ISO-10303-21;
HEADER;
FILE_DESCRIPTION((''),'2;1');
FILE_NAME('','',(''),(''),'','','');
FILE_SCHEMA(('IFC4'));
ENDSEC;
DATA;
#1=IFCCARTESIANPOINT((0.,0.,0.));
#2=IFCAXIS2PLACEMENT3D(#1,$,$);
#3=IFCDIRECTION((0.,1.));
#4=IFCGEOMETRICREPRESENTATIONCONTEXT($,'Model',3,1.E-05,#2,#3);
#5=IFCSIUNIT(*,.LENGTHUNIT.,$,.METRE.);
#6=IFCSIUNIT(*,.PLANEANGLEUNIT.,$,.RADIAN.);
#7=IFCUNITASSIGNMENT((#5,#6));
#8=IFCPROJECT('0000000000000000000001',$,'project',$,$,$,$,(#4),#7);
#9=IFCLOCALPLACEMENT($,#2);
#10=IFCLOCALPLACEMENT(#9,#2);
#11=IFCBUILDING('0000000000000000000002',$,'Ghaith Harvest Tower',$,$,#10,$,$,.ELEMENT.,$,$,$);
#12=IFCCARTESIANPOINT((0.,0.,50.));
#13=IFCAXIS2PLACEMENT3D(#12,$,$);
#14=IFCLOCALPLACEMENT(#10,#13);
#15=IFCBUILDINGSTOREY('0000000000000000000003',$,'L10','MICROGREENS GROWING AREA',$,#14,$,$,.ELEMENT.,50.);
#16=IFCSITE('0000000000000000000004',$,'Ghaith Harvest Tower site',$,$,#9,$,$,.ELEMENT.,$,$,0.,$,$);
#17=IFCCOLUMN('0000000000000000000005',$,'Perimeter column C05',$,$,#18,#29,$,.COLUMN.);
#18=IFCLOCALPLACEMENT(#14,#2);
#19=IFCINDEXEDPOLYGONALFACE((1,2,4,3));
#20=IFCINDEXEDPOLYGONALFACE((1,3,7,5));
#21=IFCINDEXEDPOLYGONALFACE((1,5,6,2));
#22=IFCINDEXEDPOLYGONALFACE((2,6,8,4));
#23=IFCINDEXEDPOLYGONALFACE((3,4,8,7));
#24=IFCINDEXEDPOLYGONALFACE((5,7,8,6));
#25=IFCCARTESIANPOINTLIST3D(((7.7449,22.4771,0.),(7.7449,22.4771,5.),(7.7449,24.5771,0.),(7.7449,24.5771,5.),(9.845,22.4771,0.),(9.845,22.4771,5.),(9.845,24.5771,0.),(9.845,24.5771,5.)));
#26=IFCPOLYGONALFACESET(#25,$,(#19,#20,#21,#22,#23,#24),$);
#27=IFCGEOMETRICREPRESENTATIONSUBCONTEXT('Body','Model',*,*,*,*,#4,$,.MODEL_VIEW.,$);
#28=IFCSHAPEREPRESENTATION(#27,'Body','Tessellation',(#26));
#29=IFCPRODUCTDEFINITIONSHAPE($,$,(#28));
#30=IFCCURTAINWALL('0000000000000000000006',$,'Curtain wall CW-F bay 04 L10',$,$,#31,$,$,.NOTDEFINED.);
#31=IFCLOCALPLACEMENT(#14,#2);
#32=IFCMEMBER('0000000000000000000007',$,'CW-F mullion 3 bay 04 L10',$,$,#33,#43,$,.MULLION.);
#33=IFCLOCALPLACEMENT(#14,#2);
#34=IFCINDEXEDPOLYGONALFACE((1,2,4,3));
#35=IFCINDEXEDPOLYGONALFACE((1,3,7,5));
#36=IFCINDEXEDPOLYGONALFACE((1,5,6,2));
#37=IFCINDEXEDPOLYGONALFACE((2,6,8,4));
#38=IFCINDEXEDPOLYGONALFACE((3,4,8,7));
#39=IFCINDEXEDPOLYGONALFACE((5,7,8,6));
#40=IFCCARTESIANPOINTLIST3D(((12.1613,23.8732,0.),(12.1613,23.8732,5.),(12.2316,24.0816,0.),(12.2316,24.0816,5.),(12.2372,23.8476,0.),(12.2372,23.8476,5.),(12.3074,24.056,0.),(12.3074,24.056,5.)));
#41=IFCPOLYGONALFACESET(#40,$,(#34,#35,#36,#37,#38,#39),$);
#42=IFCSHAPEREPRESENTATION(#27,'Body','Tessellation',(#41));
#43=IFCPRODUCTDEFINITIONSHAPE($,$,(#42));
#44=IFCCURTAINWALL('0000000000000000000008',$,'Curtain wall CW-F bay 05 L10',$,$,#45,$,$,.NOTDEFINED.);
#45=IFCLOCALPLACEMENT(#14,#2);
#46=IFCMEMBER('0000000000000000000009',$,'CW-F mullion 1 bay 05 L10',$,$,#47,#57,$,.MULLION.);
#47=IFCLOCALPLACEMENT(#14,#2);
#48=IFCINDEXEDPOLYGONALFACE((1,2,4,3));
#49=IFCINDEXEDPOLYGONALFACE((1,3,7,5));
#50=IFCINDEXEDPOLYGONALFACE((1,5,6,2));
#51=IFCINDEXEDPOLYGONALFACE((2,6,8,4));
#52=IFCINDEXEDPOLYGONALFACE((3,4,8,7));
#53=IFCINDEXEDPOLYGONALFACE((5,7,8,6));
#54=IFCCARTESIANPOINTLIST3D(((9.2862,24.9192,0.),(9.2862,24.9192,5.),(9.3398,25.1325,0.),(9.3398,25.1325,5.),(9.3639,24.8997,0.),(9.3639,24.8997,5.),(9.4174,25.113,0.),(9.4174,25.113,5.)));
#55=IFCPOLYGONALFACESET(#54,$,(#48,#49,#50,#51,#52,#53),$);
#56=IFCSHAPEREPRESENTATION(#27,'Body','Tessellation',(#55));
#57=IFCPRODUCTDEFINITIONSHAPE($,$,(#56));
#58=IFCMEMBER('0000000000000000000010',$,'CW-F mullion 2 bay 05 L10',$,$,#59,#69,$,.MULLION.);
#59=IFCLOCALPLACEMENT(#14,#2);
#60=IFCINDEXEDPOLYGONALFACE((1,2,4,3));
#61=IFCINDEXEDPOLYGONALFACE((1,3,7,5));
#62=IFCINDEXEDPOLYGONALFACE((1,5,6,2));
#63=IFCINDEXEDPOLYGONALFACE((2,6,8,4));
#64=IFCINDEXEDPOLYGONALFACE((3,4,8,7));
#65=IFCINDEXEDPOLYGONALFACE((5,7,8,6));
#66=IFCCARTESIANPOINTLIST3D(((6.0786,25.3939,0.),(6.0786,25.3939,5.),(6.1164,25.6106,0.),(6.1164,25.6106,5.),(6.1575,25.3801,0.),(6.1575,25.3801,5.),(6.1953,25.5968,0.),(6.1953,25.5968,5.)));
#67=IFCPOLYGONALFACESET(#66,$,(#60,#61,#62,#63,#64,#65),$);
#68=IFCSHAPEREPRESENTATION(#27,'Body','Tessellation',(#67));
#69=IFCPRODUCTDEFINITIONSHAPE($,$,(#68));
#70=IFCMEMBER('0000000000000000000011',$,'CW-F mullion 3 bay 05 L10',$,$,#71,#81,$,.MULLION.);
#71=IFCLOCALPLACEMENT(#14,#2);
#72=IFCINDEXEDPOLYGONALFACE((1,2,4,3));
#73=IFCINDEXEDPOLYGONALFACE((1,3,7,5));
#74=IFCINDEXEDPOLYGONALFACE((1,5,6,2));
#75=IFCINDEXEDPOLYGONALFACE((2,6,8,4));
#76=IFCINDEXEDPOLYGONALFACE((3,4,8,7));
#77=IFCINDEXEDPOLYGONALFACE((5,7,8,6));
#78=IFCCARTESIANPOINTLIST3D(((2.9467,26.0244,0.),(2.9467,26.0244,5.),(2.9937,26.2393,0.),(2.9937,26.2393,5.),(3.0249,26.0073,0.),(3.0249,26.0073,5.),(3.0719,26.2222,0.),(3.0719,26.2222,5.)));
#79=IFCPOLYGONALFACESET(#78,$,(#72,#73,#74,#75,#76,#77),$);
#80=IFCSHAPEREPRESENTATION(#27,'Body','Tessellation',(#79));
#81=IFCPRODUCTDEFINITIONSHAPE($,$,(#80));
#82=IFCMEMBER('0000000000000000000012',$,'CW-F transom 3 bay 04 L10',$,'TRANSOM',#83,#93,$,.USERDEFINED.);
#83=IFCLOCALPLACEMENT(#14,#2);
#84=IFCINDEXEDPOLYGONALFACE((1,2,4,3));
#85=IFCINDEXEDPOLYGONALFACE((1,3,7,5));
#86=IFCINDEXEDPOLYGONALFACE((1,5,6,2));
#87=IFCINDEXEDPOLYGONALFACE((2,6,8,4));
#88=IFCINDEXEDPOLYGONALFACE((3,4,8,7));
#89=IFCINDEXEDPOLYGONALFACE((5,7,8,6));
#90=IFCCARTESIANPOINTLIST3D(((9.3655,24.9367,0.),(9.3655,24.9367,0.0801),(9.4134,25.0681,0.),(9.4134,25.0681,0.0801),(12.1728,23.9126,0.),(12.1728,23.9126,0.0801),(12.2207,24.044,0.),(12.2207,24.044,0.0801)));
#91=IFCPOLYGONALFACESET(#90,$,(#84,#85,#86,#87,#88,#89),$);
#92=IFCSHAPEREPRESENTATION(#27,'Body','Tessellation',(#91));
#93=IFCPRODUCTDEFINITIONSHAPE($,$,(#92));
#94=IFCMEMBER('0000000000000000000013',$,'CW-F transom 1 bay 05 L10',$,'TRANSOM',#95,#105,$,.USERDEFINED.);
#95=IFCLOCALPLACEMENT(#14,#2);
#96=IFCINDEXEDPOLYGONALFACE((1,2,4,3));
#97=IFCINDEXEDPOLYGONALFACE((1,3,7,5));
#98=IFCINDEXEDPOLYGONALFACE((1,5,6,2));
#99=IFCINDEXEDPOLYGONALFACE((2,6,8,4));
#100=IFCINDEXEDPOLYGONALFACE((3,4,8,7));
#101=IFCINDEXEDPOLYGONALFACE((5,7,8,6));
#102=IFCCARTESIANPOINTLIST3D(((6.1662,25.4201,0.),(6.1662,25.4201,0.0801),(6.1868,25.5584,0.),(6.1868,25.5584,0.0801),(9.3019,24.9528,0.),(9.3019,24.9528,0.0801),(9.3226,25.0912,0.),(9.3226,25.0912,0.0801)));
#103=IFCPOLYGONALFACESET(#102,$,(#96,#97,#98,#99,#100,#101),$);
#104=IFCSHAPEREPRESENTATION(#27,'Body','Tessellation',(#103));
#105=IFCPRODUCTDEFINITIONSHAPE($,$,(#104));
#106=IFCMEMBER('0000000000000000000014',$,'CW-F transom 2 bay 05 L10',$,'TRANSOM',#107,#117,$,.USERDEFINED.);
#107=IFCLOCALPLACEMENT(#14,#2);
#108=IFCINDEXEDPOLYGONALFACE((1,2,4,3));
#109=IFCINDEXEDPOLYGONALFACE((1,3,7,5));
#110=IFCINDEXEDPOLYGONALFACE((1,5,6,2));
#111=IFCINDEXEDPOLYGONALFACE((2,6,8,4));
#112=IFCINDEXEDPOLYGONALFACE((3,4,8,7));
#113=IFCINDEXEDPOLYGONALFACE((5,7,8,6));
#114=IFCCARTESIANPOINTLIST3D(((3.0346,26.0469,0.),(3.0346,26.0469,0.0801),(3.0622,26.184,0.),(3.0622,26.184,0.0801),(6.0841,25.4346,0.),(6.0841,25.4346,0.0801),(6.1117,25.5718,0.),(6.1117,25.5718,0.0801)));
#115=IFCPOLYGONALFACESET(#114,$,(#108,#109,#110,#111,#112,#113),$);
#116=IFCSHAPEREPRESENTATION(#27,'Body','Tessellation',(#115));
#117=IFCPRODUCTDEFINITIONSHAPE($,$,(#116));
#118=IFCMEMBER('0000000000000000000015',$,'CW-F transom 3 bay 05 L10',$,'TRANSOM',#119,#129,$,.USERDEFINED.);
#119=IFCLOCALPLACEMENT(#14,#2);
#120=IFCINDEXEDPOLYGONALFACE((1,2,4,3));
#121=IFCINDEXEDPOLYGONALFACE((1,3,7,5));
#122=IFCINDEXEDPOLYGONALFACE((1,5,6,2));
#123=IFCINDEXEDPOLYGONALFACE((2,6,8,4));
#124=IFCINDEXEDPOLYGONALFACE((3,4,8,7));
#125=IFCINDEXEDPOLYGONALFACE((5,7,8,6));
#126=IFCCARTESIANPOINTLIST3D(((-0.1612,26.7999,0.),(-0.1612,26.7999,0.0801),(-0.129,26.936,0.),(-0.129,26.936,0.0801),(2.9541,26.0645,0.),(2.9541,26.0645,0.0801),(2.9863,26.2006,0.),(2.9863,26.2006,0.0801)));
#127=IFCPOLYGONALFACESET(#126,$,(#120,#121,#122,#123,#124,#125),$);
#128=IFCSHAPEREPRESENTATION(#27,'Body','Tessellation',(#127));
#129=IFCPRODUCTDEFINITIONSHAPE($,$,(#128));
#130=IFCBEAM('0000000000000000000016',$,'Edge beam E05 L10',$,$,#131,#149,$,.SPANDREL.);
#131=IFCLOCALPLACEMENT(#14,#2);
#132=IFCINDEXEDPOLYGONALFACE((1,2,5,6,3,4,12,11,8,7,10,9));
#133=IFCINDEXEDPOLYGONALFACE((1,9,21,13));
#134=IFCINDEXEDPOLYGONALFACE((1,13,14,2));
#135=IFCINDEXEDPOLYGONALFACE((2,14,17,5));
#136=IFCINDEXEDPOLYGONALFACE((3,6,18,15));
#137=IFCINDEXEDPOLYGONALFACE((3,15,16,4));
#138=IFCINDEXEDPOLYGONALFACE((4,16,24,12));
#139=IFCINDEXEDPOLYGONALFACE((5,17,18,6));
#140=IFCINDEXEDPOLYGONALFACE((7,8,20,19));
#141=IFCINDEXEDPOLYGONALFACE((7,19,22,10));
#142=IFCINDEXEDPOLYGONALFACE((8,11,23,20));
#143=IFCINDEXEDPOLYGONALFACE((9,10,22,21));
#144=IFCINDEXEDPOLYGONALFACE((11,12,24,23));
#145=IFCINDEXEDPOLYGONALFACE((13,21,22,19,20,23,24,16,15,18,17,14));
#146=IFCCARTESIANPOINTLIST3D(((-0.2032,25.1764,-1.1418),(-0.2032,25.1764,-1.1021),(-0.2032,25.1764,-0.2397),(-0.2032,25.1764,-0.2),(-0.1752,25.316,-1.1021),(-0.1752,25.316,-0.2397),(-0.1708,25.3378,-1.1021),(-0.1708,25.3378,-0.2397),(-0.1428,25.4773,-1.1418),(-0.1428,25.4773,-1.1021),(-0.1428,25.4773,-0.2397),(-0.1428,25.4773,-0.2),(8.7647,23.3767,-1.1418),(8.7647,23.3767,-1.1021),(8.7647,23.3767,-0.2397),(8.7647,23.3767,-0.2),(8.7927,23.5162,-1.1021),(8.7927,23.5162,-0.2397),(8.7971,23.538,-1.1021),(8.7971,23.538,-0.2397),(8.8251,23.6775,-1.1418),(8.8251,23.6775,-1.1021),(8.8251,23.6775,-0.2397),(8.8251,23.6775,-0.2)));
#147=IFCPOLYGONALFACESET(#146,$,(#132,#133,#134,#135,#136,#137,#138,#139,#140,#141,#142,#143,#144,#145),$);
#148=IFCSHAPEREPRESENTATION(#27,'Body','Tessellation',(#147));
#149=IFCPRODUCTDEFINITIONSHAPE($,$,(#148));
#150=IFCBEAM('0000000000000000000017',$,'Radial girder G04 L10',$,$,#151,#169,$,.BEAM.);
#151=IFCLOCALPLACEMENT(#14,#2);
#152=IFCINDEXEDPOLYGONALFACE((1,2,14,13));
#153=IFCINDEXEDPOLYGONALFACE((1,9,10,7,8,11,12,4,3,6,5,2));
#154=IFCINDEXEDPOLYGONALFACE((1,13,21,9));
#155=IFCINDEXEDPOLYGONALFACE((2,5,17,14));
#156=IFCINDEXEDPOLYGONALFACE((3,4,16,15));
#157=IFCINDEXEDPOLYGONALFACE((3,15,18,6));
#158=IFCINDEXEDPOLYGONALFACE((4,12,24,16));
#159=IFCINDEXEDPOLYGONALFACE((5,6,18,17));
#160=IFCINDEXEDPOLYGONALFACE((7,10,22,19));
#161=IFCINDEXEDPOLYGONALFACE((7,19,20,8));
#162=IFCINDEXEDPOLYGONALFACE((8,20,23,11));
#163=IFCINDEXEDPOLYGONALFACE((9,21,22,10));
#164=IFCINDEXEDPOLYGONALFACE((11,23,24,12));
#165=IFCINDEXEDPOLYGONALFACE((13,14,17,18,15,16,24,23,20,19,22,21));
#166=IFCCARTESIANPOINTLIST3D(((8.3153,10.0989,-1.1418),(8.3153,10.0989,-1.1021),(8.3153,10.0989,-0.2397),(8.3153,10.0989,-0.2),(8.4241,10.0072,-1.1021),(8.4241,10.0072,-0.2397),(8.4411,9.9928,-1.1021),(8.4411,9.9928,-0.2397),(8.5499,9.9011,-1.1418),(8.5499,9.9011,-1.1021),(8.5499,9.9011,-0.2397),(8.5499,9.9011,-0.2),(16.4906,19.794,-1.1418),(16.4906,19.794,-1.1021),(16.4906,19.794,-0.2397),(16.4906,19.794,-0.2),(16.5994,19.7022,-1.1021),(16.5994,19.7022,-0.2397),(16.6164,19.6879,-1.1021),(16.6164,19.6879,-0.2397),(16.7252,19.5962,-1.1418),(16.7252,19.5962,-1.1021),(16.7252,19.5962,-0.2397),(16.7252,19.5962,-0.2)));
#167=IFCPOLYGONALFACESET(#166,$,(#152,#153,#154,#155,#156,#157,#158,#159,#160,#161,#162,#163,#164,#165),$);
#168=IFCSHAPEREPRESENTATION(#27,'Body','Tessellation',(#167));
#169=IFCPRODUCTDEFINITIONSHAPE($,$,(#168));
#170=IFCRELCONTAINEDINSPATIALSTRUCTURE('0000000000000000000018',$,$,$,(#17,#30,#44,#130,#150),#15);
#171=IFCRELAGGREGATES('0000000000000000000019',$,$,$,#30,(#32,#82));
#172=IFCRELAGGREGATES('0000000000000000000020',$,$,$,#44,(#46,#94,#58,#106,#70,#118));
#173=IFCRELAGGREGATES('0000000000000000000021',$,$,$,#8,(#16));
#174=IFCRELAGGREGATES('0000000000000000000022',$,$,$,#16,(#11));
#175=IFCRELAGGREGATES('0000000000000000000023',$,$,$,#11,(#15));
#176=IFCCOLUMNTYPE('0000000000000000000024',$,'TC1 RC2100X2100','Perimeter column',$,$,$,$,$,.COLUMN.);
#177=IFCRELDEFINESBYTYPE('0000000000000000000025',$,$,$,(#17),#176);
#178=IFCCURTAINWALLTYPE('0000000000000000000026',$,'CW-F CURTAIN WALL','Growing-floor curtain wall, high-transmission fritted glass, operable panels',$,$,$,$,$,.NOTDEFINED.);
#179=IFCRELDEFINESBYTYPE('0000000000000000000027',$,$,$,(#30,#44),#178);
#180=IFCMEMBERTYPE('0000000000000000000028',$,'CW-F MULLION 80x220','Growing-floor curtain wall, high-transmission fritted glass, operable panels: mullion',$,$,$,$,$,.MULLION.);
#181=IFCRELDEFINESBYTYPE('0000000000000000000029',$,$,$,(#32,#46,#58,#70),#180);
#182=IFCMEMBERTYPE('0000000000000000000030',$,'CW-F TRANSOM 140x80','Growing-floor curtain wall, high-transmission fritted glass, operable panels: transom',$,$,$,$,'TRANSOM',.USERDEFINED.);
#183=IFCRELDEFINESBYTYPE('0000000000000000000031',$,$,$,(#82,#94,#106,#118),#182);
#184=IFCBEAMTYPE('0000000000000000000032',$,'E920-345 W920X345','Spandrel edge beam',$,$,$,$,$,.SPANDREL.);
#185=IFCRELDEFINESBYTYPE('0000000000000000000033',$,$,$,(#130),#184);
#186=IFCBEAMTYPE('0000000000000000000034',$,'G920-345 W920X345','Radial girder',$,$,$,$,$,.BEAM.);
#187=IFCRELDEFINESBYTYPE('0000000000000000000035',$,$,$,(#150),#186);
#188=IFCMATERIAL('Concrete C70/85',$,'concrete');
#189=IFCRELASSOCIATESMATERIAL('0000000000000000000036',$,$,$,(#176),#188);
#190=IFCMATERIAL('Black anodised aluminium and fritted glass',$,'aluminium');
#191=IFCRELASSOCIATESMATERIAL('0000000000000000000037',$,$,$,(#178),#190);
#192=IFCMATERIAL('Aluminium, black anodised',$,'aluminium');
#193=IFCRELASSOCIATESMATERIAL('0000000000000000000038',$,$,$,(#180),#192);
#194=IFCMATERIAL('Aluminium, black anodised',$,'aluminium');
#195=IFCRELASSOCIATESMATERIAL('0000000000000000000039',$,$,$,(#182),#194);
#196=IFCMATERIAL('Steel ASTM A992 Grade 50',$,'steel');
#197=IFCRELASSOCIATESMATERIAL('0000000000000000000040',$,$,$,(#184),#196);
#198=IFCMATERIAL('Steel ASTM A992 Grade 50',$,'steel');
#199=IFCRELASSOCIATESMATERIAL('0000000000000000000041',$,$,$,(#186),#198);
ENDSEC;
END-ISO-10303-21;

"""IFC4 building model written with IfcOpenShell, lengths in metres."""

from ifc_helpers import new_model, si_unit, direction, frame, origin, origin_2d, place, context, subcontext, project, spatial, rectangle, i_section, extrude, material, material_profile, profile_set, type_object, element, aggregate, save


model = new_model("IFC4")

# Units and contexts
model_context = context("Model", 3, precision=1e-05, world=origin(), true_north=direction((0.0, 1.0)))
body_context = subcontext(model_context, "Body", "Model", "MODEL_VIEW")
ifc_project = project(units=[si_unit("LENGTHUNIT", "METRE"), si_unit("PLANEANGLEUNIT", "RADIAN")], contexts=[model_context])

# Site, building, storey
site_placement = place(None, origin())
site = spatial("IfcSite", under=ifc_project, at=site_placement, Name="Ghaith Harvest Tower site", CompositionType="ELEMENT", RefElevation=0.0)
building_placement = place(site_placement, origin())
building = spatial("IfcBuilding", under=site, at=building_placement, Name="Ghaith Harvest Tower", CompositionType="ELEMENT")
storey_placement = place(building_placement, frame((0.0, 0.0, 50.0)))
storey = spatial("IfcBuildingStorey", under=building, at=storey_placement, Name="L10", Description="MICROGREENS GROWING AREA", CompositionType="ELEMENT", Elevation=50.0)

# Column
ifc_material_1 = material(Name="Concrete C70/85", Category="concrete")
ifc_material_profile_1 = material_profile(ifc_material_1, rectangle(XDim=2.1001, YDim=2.1001, at=origin_2d()), Name="RC2100X2100")
ifc_profile_set_1 = profile_set([ifc_material_profile_1], Name="Concrete C70/85")
column_type = type_object("IfcColumnType", Name="TC1 RC2100X2100", Description="Perimeter column", PredefinedType="COLUMN", material=ifc_profile_set_1)
column_placement = place(storey_placement, frame((8.7949, 23.5271, 0.0), z_axis=(0.0, 0.0, 1.0), x_axis=(1.0, 0.0, 0.0)))
element("IfcColumn", 1, at=column_placement, inside=storey, type_object=column_type, Name="Perimeter column C05", PredefinedType="COLUMN", context=body_context, shape_type="SweptSolid", body=[
    extrude(rectangle(XDim=2.1001, YDim=2.1001, at=origin_2d()), origin(), (0.0, 0.0, 1.0), 5.0),
])

# Curtain wall, member
ifc_material_2 = material(Name="Black anodised aluminium and fritted glass", Category="aluminium")
curtain_wall_type = type_object("IfcCurtainWallType", Name="CW-F CURTAIN WALL", Description="Growing-floor curtain wall, high-transmission fritted glass, operable panels", PredefinedType="NOTDEFINED", material=ifc_material_2)
curtain_wall_1_placement = place(storey_placement, origin())
curtain_wall_1 = element("IfcCurtainWall", 2, at=curtain_wall_1_placement, inside=storey, type_object=curtain_wall_type, Name="Curtain wall CW-F bay 04 L10", PredefinedType="NOTDEFINED")
ifc_material_3 = material(Name="Aluminium, black anodised", Category="aluminium")
ifc_material_profile_2 = material_profile(ifc_material_3, rectangle(XDim=0.0801, YDim=0.22, at=origin_2d()), Name="CW-F MULLION 80x220")
ifc_profile_set_2 = profile_set([ifc_material_profile_2], Name="Aluminium, black anodised")
member_type_1 = type_object("IfcMemberType", Name="CW-F MULLION 80x220", Description="Growing-floor curtain wall, high-transmission fritted glass, operable panels: mullion", PredefinedType="MULLION", material=ifc_profile_set_2)
member_1_placement = place(storey_placement, frame((12.2344, 23.9646, 0.0), z_axis=(0.0, 0.0, 1.0), x_axis=(-0.947653, 0.319301, 0.0)))
member_1 = element("IfcMember", 3, at=member_1_placement, type_object=member_type_1, Name="CW-F mullion 3 bay 04 L10", PredefinedType="MULLION", context=body_context, shape_type="SweptSolid", body=[
    extrude(rectangle(XDim=0.0801, YDim=0.22, at=origin_2d()), origin(), (0.0, 0.0, 1.0), 5.0),
])

# Curtain wall, members
curtain_wall_2_placement = place(storey_placement, origin())
curtain_wall_2 = element("IfcCurtainWall", 4, at=curtain_wall_2_placement, inside=storey, type_object=curtain_wall_type, Name="Curtain wall CW-F bay 05 L10", PredefinedType="NOTDEFINED")
member_2_placement = place(storey_placement, frame((9.3518, 25.0161, 0.0), z_axis=(0.0, 0.0, 1.0), x_axis=(-0.969903, 0.24349, 0.0)))
member_2 = element("IfcMember", 5, at=member_2_placement, type_object=member_type_1, Name="CW-F mullion 1 bay 05 L10", PredefinedType="MULLION", context=body_context, shape_type="SweptSolid", body=[
    extrude(rectangle(XDim=0.0801, YDim=0.22, at=origin_2d()), origin(), (0.0, 0.0, 1.0), 5.0),
])
member_3_placement = place(storey_placement, frame((6.137, 25.4954, 0.0), z_axis=(0.0, 0.0, 1.0), x_axis=(-0.985104, 0.171961, 0.0)))
member_3 = element("IfcMember", 6, at=member_3_placement, type_object=member_type_1, Name="CW-F mullion 2 bay 05 L10", PredefinedType="MULLION", context=body_context, shape_type="SweptSolid", body=[
    extrude(rectangle(XDim=0.0801, YDim=0.22, at=origin_2d()), origin(), (0.0, 0.0, 1.0), 5.0),
])
member_4_placement = place(storey_placement, frame((3.0093, 26.1233, 0.0), z_axis=(0.0, 0.0, 1.0), x_axis=(-0.976927, 0.213572, 0.0)))
member_4 = element("IfcMember", 7, at=member_4_placement, type_object=member_type_1, Name="CW-F mullion 3 bay 05 L10", PredefinedType="MULLION", context=body_context, shape_type="SweptSolid", body=[
    extrude(rectangle(XDim=0.0801, YDim=0.22, at=origin_2d()), origin(), (0.0, 0.0, 1.0), 5.0),
])

# Members
ifc_material_4 = material(Name="Aluminium, black anodised", Category="aluminium")
ifc_material_profile_3 = material_profile(ifc_material_4, rectangle(XDim=0.1399, YDim=0.0801, at=origin_2d()), Name="CW-F TRANSOM 140x80")
ifc_profile_set_3 = profile_set([ifc_material_profile_3], Name="Aluminium, black anodised")
member_type_2 = type_object("IfcMemberType", Name="CW-F TRANSOM 140x80", Description="Growing-floor curtain wall, high-transmission fritted glass, operable panels: transom", ElementType="TRANSOM", PredefinedType="USERDEFINED", material=ifc_profile_set_3)
member_5_placement = place(storey_placement, frame((12.1968, 23.9783, 0.04), z_axis=(-0.939438, 0.34272, 0.0), x_axis=(-0.34272, -0.939438, 0.0)))
member_5 = element("IfcMember", 8, at=member_5_placement, type_object=member_type_2, Name="CW-F transom 3 bay 04 L10", ObjectType="TRANSOM", PredefinedType="USERDEFINED", context=body_context, shape_type="SweptSolid", body=[
    extrude(rectangle(XDim=0.1399, YDim=0.0801, at=origin_2d()), origin(), (0.0, 0.0, 1.0), 2.9883),
])
member_6_placement = place(storey_placement, frame((9.3123, 25.022, 0.04), z_axis=(-0.989078, 0.147391, 0.0), x_axis=(-0.147391, -0.989078, 0.0)))
member_6 = element("IfcMember", 9, at=member_6_placement, type_object=member_type_2, Name="CW-F transom 1 bay 05 L10", ObjectType="TRANSOM", PredefinedType="USERDEFINED", context=body_context, shape_type="SweptSolid", body=[
    extrude(rectangle(XDim=0.1399, YDim=0.0801, at=origin_2d()), origin(), (0.0, 0.0, 1.0), 3.1704),
])
member_7_placement = place(storey_placement, frame((6.0979, 25.5032, 0.04), z_axis=(-0.980432, 0.196856, 0.0), x_axis=(-0.196856, -0.980432, 0.0)))
member_7 = element("IfcMember", 10, at=member_7_placement, type_object=member_type_2, Name="CW-F transom 2 bay 05 L10", ObjectType="TRANSOM", PredefinedType="USERDEFINED", context=body_context, shape_type="SweptSolid", body=[
    extrude(rectangle(XDim=0.1399, YDim=0.0801, at=origin_2d()), origin(), (0.0, 0.0, 1.0), 3.1104),
])
member_8_placement = place(storey_placement, frame((2.9702, 26.1326, 0.04), z_axis=(-0.973253, 0.229736, 0.0), x_axis=(-0.229736, -0.973253, 0.0)))
member_8 = element("IfcMember", 11, at=member_8_placement, type_object=member_type_2, Name="CW-F transom 3 bay 05 L10", ObjectType="TRANSOM", PredefinedType="USERDEFINED", context=body_context, shape_type="SweptSolid", body=[
    extrude(rectangle(XDim=0.1399, YDim=0.0801, at=origin_2d()), origin(), (0.0, 0.0, 1.0), 3.2009),
])

# Beams
ifc_material_5 = material(Name="Steel ASTM A992 Grade 50", Category="steel")
ifc_material_profile_4 = material_profile(ifc_material_5, i_section(OverallWidth=0.3069, OverallDepth=0.9419, WebThickness=0.0222, FlangeThickness=0.0398, at=origin_2d()), Name="W920X345")
ifc_profile_set_4 = profile_set([ifc_material_profile_4], Name="Steel ASTM A992 Grade 50")
beam_type_1 = type_object("IfcBeamType", Name="E920-345 W920X345", Description="Spandrel edge beam", PredefinedType="SPANDREL", material=ifc_profile_set_4)
beam_1_placement = place(storey_placement, frame((8.7949, 23.5271, -0.6709), z_axis=(-0.98045, 0.196768, 0.0), x_axis=(-0.196768, -0.98045, 0.0)))
element("IfcBeam", 12, at=beam_1_placement, inside=storey, type_object=beam_type_1, Name="Edge beam E05 L10", PredefinedType="SPANDREL", context=body_context, shape_type="SweptSolid", body=[
    extrude(i_section(OverallWidth=0.3069, OverallDepth=0.9419, WebThickness=0.0222, FlangeThickness=0.0398, at=origin_2d()), origin(), (0.0, 0.0, 1.0), 9.1467),
])
ifc_material_6 = material(Name="Steel ASTM A992 Grade 50", Category="steel")
ifc_material_profile_5 = material_profile(ifc_material_6, i_section(OverallWidth=0.3069, OverallDepth=0.9419, WebThickness=0.0222, FlangeThickness=0.0398, at=origin_2d()), Name="W920X345")
ifc_profile_set_5 = profile_set([ifc_material_profile_5], Name="Steel ASTM A992 Grade 50")
beam_type_2 = type_object("IfcBeamType", Name="G920-345 W920X345", Description="Radial girder", PredefinedType="BEAM", material=ifc_profile_set_5)
beam_2_placement = place(storey_placement, frame((8.4326, 10.0, -0.6709), z_axis=(0.644644, 0.764483, 0.0), x_axis=(-0.764483, 0.644644, 0.0)))
element("IfcBeam", 13, at=beam_2_placement, inside=storey, type_object=beam_type_2, Name="Radial girder G04 L10", PredefinedType="BEAM", context=body_context, shape_type="SweptSolid", body=[
    extrude(i_section(OverallWidth=0.3069, OverallDepth=0.9419, WebThickness=0.0222, FlangeThickness=0.0398, at=origin_2d()), origin(), (0.0, 0.0, 1.0), 12.6819),
])

aggregate(curtain_wall_1, [member_1, member_5])
aggregate(curtain_wall_2, [member_2, member_6, member_3, member_7, member_4, member_8])

save(model, "model.ifc")
